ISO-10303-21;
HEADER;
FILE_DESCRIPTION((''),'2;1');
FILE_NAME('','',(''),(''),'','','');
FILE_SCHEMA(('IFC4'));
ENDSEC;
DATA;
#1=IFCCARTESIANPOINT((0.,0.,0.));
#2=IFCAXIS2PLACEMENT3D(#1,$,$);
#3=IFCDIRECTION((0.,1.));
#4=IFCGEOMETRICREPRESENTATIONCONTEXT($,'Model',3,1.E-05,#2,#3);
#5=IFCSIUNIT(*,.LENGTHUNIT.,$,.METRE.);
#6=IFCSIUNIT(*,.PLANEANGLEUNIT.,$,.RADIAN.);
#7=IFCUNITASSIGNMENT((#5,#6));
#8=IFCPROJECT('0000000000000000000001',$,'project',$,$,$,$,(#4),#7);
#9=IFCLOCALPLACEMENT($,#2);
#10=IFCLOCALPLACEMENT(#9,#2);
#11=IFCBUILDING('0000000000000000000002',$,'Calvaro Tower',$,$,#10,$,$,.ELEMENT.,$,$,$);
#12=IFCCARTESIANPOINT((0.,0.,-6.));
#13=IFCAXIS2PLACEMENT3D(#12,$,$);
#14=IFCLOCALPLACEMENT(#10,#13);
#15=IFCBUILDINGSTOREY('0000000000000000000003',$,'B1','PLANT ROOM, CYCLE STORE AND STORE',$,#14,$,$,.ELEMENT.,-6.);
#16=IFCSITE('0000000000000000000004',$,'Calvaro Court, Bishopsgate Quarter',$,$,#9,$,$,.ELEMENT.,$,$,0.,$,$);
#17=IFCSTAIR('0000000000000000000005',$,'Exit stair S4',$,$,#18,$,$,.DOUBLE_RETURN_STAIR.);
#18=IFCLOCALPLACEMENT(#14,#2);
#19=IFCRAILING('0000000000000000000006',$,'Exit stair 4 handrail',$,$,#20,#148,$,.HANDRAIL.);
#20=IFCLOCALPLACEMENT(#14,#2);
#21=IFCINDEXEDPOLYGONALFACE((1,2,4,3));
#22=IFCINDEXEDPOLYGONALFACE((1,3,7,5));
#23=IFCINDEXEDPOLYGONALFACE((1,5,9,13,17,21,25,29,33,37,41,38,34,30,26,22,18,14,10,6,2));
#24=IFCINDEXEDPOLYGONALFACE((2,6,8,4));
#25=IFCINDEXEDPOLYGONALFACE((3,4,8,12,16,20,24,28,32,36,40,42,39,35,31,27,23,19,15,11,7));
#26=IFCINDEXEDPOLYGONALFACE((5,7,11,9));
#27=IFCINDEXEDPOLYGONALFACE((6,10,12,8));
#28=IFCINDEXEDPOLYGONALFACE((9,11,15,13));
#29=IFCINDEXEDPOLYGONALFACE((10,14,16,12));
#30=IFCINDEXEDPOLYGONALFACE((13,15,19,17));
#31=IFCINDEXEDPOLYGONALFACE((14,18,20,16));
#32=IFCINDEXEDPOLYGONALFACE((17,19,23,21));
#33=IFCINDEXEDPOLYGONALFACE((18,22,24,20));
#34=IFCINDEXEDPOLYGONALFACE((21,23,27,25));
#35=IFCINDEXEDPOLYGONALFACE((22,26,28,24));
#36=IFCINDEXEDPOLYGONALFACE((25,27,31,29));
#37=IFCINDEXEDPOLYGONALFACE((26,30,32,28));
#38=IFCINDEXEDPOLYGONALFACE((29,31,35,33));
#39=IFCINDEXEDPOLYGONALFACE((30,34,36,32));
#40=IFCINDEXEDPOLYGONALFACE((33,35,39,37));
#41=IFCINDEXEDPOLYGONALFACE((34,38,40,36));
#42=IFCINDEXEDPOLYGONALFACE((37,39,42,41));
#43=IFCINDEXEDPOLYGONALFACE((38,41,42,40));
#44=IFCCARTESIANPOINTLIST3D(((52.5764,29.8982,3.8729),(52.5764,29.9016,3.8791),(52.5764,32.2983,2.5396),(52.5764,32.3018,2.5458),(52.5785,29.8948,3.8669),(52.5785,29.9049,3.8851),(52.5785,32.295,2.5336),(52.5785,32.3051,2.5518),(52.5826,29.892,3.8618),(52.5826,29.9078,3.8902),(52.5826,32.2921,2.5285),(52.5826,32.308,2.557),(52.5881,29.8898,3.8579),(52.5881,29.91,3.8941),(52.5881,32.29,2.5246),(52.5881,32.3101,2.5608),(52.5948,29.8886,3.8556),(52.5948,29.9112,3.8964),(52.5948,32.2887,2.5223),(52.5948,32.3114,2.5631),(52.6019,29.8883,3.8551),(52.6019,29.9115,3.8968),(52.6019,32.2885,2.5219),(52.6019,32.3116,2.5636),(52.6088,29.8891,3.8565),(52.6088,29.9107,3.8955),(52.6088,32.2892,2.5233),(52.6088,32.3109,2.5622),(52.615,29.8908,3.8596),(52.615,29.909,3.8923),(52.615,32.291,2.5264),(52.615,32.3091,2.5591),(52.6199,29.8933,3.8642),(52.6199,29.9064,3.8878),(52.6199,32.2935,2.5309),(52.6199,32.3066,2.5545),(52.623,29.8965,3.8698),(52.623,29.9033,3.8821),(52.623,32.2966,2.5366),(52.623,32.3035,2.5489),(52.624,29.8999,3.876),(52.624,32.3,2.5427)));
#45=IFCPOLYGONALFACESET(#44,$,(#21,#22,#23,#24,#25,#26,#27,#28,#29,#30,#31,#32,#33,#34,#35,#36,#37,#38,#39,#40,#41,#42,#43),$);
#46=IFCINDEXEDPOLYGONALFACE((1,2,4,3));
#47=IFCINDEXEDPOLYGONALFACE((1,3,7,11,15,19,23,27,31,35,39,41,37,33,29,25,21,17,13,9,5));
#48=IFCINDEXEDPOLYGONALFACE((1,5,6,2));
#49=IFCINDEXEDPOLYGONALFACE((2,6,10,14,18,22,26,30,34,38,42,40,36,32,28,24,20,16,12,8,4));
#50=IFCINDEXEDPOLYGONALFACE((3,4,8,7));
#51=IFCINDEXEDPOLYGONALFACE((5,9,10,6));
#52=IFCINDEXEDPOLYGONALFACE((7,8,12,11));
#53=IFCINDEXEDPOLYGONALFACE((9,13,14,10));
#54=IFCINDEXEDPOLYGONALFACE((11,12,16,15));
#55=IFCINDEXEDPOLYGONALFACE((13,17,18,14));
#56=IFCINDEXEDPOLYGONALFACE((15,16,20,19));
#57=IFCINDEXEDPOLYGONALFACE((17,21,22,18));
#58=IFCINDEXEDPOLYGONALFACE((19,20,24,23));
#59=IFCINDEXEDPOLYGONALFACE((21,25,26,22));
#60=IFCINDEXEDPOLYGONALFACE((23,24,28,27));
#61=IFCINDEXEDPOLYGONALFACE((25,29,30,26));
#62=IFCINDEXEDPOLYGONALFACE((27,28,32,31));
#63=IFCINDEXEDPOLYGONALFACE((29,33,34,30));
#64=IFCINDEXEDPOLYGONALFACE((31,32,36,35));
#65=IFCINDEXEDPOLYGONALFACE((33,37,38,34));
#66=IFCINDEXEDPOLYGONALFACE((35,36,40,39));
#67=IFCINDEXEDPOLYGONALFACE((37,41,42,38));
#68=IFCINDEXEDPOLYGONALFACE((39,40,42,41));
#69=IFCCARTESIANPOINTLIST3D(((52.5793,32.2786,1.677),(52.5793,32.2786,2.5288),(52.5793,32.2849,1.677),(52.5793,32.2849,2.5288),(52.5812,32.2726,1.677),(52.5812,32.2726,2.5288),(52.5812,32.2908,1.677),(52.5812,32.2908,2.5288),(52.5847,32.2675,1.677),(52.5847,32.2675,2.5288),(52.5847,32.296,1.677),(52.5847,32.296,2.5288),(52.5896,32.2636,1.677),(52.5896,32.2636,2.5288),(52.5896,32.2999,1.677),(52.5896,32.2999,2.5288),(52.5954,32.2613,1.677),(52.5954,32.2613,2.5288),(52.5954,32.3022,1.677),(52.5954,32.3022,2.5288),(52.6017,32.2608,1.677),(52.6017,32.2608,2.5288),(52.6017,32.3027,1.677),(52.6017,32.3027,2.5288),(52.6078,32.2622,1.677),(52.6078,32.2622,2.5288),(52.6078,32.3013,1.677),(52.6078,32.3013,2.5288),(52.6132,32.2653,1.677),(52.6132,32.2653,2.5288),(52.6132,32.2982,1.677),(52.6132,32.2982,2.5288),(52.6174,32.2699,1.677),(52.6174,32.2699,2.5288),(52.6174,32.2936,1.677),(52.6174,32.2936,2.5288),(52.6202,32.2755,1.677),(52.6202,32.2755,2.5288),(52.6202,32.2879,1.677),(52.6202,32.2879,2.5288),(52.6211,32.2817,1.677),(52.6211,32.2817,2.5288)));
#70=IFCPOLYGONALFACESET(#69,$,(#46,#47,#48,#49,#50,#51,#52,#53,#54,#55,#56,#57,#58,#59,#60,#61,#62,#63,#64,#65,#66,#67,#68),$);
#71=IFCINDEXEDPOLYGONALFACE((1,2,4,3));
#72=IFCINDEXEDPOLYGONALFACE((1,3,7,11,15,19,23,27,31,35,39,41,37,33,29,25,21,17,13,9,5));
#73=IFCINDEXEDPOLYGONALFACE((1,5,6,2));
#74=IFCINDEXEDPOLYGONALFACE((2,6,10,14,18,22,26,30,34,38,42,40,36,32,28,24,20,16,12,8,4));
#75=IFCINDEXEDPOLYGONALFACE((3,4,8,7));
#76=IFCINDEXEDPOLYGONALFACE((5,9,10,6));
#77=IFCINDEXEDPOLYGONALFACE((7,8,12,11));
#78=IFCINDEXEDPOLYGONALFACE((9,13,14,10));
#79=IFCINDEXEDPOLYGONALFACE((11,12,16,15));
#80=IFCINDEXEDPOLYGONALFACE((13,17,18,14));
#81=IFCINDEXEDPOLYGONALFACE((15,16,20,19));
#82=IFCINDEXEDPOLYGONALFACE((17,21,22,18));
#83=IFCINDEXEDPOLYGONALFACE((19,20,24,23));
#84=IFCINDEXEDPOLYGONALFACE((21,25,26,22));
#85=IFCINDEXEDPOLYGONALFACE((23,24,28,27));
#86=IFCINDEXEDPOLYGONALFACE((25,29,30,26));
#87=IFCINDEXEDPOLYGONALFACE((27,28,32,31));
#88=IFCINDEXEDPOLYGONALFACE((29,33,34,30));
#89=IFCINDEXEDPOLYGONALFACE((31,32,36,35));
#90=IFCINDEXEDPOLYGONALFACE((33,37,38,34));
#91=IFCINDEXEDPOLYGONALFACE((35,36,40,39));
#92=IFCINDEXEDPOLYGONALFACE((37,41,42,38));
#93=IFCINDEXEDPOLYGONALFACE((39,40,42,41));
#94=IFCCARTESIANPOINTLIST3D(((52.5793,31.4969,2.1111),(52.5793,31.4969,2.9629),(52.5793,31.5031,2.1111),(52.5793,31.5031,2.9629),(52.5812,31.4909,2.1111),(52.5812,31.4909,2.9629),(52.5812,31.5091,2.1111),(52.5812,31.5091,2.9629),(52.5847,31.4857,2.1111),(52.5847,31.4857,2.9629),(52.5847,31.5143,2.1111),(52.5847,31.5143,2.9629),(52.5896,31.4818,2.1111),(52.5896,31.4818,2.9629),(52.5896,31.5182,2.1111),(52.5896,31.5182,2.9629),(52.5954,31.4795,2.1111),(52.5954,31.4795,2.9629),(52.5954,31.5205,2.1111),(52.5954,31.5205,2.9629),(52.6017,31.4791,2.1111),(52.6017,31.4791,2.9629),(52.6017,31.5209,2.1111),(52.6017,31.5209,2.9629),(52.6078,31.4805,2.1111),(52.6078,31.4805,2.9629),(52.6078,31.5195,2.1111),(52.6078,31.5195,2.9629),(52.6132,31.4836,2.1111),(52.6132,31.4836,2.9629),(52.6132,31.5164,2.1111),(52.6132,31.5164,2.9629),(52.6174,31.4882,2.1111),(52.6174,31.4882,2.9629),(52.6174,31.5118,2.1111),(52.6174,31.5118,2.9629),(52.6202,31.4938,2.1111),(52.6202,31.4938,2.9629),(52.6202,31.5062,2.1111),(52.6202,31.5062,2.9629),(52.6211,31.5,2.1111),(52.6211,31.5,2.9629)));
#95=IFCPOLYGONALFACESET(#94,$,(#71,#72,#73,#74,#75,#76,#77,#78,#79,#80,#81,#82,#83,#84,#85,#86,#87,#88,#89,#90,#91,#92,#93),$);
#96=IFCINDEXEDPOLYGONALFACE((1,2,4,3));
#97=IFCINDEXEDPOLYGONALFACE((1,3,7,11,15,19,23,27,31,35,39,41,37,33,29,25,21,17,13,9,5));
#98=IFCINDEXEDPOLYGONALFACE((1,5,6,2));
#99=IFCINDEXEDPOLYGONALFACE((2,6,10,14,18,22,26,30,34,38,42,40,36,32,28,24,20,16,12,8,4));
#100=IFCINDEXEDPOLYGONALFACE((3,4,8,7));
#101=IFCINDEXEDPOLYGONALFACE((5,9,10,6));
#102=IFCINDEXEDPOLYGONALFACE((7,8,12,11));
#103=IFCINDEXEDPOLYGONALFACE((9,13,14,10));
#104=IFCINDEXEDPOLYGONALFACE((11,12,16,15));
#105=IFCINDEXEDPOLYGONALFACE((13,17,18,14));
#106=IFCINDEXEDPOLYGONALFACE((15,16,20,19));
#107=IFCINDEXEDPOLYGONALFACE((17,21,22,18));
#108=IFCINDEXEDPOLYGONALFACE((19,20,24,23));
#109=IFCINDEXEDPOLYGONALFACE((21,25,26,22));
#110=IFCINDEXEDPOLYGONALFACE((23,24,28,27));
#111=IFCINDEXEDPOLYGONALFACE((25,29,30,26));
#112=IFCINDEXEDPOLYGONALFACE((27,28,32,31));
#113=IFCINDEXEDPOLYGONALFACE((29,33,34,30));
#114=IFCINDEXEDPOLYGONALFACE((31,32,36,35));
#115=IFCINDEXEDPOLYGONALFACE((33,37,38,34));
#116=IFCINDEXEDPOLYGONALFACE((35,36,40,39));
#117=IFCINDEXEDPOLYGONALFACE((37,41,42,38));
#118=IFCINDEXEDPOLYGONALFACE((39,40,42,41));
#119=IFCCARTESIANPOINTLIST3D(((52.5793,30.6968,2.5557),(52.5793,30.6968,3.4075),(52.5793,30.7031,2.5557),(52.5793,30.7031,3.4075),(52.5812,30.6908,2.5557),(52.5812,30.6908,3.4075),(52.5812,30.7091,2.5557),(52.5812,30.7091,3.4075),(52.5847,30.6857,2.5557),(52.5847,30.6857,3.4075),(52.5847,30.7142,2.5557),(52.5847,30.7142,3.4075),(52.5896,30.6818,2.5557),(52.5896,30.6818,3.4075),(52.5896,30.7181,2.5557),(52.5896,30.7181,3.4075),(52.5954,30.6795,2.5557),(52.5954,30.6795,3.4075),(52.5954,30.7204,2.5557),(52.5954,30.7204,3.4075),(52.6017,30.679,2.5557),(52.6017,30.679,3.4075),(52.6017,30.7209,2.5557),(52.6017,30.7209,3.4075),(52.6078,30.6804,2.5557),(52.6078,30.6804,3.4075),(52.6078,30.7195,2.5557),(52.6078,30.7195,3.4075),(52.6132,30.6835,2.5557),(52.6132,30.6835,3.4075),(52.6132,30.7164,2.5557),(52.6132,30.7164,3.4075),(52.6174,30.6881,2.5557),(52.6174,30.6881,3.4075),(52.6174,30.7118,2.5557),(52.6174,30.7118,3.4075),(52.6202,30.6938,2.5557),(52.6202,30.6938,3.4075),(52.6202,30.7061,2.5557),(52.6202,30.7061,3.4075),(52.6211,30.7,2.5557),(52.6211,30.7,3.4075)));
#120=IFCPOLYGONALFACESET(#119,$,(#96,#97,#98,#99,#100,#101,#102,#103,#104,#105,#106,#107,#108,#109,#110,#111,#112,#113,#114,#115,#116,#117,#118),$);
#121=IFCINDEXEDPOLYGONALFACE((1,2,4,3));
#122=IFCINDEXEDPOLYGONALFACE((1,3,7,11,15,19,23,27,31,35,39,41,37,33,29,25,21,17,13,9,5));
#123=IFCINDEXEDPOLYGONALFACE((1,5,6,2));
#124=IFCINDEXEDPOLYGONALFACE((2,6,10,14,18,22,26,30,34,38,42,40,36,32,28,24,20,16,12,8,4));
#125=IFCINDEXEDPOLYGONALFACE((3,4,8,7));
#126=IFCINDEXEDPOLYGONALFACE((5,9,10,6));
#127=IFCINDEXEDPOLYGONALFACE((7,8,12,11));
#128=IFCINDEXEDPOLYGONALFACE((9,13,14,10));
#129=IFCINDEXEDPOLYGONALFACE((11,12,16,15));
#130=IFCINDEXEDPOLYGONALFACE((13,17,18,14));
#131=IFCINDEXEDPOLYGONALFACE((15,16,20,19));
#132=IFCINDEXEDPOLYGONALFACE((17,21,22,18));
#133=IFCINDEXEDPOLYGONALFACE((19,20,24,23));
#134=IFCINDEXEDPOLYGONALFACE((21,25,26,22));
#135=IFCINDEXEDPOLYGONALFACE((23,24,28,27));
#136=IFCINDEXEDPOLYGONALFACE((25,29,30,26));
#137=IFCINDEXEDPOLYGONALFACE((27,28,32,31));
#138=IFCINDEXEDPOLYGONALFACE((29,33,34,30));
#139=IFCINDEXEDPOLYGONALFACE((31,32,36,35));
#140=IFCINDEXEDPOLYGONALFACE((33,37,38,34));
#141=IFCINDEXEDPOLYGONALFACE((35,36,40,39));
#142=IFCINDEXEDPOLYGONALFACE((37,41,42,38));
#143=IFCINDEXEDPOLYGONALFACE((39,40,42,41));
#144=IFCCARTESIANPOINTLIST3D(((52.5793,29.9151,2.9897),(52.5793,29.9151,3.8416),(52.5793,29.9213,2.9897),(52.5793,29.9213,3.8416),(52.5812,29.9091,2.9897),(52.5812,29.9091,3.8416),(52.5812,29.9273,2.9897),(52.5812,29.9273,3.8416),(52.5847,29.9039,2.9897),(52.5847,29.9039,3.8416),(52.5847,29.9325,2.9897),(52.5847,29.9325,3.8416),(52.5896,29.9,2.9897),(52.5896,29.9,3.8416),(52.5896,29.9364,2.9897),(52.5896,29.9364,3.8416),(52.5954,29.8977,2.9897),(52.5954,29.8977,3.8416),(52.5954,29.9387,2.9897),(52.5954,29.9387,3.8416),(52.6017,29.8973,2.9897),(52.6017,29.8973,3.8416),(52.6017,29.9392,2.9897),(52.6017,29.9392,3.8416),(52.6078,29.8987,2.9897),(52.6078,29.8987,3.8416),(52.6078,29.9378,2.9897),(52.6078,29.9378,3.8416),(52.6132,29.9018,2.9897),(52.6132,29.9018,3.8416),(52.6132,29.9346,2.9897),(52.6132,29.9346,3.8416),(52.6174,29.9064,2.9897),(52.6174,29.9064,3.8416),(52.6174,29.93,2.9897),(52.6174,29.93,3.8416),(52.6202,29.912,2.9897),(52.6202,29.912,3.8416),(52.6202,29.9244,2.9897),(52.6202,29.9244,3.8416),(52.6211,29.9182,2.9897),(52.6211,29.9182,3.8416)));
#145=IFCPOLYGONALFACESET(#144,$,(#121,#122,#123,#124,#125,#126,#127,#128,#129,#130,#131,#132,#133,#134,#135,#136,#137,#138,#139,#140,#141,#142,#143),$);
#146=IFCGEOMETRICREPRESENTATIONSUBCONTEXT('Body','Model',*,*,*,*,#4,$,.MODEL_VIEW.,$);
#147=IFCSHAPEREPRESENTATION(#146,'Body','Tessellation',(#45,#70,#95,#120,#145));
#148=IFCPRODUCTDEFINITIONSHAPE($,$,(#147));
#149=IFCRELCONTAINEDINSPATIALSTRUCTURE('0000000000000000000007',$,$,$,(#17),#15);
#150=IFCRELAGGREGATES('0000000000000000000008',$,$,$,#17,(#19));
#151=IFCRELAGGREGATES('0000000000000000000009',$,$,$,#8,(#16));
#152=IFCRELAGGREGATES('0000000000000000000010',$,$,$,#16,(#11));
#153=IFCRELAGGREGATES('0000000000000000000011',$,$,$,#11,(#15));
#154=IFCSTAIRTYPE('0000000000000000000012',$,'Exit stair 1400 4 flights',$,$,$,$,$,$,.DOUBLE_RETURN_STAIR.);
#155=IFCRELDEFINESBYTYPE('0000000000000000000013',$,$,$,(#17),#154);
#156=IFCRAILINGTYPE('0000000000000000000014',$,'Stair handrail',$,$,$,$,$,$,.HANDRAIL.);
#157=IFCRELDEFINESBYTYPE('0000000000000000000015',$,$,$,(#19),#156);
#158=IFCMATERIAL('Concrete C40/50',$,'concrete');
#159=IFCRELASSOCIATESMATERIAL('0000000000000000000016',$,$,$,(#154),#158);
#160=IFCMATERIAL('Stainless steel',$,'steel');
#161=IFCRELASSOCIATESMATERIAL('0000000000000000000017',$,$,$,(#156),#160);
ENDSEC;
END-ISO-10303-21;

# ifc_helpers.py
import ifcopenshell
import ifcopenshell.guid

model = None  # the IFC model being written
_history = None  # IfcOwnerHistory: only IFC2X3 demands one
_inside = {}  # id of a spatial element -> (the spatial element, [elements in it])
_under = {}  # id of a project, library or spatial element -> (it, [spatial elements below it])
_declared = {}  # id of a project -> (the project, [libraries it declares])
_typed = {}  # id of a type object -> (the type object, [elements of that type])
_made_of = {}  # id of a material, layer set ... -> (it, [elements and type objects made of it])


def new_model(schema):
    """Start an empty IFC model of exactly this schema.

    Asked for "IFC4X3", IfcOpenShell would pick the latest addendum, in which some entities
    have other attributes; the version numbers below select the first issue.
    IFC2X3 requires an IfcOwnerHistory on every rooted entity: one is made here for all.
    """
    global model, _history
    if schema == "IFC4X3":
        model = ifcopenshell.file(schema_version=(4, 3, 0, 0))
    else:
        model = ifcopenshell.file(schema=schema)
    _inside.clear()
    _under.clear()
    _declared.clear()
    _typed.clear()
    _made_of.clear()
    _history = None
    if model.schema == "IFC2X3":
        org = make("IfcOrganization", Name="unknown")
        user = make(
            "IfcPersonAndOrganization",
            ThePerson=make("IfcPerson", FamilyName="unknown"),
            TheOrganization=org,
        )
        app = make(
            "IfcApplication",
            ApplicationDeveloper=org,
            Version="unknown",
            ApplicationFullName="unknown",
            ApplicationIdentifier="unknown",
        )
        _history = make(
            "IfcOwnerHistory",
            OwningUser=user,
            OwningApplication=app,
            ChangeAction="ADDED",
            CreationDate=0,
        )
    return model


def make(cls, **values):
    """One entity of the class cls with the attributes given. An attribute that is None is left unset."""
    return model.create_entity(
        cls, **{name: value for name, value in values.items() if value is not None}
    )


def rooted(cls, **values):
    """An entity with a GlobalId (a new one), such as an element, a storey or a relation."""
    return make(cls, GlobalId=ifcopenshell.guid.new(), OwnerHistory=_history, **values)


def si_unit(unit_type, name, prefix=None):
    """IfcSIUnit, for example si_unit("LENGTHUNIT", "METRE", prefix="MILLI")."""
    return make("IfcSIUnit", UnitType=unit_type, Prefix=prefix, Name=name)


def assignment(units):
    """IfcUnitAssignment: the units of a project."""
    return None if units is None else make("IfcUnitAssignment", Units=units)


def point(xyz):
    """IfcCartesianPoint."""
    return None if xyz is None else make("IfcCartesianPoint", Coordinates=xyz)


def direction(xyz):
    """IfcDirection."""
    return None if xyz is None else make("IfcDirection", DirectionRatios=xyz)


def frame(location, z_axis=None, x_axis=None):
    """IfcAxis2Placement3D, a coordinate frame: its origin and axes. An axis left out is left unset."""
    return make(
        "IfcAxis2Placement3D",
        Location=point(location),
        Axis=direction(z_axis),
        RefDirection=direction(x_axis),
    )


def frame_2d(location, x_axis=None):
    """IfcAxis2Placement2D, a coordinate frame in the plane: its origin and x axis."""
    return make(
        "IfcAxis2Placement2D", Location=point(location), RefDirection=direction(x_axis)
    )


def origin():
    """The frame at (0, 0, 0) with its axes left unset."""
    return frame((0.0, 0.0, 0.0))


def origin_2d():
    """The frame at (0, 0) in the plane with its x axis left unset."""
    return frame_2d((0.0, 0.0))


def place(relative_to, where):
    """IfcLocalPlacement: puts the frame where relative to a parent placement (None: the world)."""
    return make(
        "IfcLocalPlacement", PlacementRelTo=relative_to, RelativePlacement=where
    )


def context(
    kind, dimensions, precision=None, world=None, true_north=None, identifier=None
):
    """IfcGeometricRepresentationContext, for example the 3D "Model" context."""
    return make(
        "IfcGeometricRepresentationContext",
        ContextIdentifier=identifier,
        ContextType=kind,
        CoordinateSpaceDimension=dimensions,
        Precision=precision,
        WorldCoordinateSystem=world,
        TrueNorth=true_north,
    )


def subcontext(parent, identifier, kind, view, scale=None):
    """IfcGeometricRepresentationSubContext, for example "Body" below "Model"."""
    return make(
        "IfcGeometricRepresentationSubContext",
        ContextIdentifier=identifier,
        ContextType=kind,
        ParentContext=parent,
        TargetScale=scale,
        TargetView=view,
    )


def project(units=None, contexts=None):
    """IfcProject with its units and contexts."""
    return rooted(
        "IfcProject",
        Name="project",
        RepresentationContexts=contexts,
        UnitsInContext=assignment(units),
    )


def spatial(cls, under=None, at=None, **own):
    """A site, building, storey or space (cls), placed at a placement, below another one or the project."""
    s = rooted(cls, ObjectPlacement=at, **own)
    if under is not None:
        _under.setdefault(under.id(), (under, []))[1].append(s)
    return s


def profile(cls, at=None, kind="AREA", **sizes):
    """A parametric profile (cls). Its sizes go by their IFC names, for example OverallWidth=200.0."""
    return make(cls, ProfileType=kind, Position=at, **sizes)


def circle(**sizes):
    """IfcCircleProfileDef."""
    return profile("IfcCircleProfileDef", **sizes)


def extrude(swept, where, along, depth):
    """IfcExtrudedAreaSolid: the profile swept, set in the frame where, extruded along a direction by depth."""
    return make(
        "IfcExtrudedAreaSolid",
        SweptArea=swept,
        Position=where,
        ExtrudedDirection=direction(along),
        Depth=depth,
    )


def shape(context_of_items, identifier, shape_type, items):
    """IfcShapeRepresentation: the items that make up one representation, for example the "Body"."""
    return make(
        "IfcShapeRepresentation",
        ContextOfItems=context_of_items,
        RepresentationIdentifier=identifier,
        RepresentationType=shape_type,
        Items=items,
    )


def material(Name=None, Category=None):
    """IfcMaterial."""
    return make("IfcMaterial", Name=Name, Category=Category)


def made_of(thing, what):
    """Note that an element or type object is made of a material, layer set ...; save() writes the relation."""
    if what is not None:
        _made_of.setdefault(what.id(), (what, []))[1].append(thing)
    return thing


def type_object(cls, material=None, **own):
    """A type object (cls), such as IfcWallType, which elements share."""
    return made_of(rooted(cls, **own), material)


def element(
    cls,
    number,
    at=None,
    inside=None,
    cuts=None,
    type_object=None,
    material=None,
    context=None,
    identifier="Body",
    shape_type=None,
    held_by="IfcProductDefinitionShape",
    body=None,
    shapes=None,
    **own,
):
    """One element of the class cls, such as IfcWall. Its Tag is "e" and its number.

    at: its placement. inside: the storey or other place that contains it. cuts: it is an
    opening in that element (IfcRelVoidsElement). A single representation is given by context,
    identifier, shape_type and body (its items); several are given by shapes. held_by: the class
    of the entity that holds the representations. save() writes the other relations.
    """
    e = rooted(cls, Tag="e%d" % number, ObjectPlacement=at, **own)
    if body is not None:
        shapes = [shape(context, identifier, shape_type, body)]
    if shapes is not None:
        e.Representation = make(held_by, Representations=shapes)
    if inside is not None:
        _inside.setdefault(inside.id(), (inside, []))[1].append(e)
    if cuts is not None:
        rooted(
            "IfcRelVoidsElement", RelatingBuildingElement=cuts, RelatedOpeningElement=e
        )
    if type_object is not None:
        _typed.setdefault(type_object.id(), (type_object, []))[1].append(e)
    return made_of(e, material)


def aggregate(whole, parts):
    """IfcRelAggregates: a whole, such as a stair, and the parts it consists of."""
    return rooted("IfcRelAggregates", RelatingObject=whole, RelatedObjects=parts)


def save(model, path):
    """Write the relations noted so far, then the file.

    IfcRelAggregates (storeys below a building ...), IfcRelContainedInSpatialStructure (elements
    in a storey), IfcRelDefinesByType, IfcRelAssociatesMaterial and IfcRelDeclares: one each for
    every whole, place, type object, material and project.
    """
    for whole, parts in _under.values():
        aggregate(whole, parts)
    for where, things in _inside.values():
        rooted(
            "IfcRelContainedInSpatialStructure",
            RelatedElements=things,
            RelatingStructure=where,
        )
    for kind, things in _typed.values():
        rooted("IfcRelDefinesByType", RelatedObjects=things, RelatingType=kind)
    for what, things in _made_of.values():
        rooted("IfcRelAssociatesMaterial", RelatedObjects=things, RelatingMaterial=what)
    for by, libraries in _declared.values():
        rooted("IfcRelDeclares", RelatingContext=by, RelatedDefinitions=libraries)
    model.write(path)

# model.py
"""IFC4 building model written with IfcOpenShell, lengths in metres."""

from ifc_helpers import new_model, si_unit, direction, frame, origin, origin_2d, place, context, subcontext, project, spatial, circle, extrude, material, type_object, element, aggregate, save


model = new_model("IFC4")

# Units and contexts
model_context = context("Model", 3, precision=1e-05, world=origin(), true_north=direction((0.0, 1.0)))
body_context = subcontext(model_context, "Body", "Model", "MODEL_VIEW")
ifc_project = project(units=[si_unit("LENGTHUNIT", "METRE"), si_unit("PLANEANGLEUNIT", "RADIAN")], contexts=[model_context])

# Site, building, storey
site_placement = place(None, origin())
site = spatial("IfcSite", under=ifc_project, at=site_placement, Name="Calvaro Court, Bishopsgate Quarter", CompositionType="ELEMENT", RefElevation=0.0)
building_placement = place(site_placement, origin())
building = spatial("IfcBuilding", under=site, at=building_placement, Name="Calvaro Tower", CompositionType="ELEMENT")
storey_placement = place(building_placement, frame((0.0, 0.0, -6.0)))
storey = spatial("IfcBuildingStorey", under=building, at=storey_placement, Name="B1", Description="PLANT ROOM, CYCLE STORE AND STORE", CompositionType="ELEMENT", Elevation=-6.0)

# Stair
ifc_material_1 = material(Name="Concrete C40/50", Category="concrete")
stair_type = type_object("IfcStairType", Name="Exit stair 1400 4 flights", PredefinedType="DOUBLE_RETURN_STAIR", material=ifc_material_1)
stair_1_placement = place(storey_placement, origin())
stair_1 = element("IfcStair", 1, at=stair_1_placement, inside=storey, type_object=stair_type, Name="Exit stair S4", PredefinedType="DOUBLE_RETURN_STAIR")

# Railing
ifc_material_2 = material(Name="Stainless steel", Category="steel")
railing_type = type_object("IfcRailingType", Name="Stair handrail", PredefinedType="HANDRAIL", material=ifc_material_2)
railing_1_placement = place(storey_placement, frame((52.6001, 32.3, 1.6667)))
railing_1 = element("IfcRailing", 2, at=railing_1_placement, type_object=railing_type, Name="Exit stair 4 handrail", PredefinedType="HANDRAIL", context=body_context, shape_type="SweptSolid", body=[
    extrude(circle(Radius=0.0239, at=origin_2d()), frame((0.0, 0.0, 0.876), z_axis=(0.0, -0.874182, 0.485598), x_axis=(1.0, 0.0, 0.0)), (0.0, 0.0, 1.0), 2.7456),
    extrude(circle(Radius=0.021, at=origin_2d()), frame((0.0, -0.0183, 0.0103)), (0.0, 0.0, 1.0), 0.8518),
    extrude(circle(Radius=0.021, at=origin_2d()), frame((0.0, -0.8, 0.4443)), (0.0, 0.0, 1.0), 0.8518),
    extrude(circle(Radius=0.021, at=origin_2d()), frame((0.0, -1.6001, 0.8889)), (0.0, 0.0, 1.0), 0.8518),
    extrude(circle(Radius=0.021, at=origin_2d()), frame((0.0, -2.3818, 1.323)), (0.0, 0.0, 1.0), 0.8518),
])
aggregate(stair_1, [railing_1])

save(model, "model.ifc")
